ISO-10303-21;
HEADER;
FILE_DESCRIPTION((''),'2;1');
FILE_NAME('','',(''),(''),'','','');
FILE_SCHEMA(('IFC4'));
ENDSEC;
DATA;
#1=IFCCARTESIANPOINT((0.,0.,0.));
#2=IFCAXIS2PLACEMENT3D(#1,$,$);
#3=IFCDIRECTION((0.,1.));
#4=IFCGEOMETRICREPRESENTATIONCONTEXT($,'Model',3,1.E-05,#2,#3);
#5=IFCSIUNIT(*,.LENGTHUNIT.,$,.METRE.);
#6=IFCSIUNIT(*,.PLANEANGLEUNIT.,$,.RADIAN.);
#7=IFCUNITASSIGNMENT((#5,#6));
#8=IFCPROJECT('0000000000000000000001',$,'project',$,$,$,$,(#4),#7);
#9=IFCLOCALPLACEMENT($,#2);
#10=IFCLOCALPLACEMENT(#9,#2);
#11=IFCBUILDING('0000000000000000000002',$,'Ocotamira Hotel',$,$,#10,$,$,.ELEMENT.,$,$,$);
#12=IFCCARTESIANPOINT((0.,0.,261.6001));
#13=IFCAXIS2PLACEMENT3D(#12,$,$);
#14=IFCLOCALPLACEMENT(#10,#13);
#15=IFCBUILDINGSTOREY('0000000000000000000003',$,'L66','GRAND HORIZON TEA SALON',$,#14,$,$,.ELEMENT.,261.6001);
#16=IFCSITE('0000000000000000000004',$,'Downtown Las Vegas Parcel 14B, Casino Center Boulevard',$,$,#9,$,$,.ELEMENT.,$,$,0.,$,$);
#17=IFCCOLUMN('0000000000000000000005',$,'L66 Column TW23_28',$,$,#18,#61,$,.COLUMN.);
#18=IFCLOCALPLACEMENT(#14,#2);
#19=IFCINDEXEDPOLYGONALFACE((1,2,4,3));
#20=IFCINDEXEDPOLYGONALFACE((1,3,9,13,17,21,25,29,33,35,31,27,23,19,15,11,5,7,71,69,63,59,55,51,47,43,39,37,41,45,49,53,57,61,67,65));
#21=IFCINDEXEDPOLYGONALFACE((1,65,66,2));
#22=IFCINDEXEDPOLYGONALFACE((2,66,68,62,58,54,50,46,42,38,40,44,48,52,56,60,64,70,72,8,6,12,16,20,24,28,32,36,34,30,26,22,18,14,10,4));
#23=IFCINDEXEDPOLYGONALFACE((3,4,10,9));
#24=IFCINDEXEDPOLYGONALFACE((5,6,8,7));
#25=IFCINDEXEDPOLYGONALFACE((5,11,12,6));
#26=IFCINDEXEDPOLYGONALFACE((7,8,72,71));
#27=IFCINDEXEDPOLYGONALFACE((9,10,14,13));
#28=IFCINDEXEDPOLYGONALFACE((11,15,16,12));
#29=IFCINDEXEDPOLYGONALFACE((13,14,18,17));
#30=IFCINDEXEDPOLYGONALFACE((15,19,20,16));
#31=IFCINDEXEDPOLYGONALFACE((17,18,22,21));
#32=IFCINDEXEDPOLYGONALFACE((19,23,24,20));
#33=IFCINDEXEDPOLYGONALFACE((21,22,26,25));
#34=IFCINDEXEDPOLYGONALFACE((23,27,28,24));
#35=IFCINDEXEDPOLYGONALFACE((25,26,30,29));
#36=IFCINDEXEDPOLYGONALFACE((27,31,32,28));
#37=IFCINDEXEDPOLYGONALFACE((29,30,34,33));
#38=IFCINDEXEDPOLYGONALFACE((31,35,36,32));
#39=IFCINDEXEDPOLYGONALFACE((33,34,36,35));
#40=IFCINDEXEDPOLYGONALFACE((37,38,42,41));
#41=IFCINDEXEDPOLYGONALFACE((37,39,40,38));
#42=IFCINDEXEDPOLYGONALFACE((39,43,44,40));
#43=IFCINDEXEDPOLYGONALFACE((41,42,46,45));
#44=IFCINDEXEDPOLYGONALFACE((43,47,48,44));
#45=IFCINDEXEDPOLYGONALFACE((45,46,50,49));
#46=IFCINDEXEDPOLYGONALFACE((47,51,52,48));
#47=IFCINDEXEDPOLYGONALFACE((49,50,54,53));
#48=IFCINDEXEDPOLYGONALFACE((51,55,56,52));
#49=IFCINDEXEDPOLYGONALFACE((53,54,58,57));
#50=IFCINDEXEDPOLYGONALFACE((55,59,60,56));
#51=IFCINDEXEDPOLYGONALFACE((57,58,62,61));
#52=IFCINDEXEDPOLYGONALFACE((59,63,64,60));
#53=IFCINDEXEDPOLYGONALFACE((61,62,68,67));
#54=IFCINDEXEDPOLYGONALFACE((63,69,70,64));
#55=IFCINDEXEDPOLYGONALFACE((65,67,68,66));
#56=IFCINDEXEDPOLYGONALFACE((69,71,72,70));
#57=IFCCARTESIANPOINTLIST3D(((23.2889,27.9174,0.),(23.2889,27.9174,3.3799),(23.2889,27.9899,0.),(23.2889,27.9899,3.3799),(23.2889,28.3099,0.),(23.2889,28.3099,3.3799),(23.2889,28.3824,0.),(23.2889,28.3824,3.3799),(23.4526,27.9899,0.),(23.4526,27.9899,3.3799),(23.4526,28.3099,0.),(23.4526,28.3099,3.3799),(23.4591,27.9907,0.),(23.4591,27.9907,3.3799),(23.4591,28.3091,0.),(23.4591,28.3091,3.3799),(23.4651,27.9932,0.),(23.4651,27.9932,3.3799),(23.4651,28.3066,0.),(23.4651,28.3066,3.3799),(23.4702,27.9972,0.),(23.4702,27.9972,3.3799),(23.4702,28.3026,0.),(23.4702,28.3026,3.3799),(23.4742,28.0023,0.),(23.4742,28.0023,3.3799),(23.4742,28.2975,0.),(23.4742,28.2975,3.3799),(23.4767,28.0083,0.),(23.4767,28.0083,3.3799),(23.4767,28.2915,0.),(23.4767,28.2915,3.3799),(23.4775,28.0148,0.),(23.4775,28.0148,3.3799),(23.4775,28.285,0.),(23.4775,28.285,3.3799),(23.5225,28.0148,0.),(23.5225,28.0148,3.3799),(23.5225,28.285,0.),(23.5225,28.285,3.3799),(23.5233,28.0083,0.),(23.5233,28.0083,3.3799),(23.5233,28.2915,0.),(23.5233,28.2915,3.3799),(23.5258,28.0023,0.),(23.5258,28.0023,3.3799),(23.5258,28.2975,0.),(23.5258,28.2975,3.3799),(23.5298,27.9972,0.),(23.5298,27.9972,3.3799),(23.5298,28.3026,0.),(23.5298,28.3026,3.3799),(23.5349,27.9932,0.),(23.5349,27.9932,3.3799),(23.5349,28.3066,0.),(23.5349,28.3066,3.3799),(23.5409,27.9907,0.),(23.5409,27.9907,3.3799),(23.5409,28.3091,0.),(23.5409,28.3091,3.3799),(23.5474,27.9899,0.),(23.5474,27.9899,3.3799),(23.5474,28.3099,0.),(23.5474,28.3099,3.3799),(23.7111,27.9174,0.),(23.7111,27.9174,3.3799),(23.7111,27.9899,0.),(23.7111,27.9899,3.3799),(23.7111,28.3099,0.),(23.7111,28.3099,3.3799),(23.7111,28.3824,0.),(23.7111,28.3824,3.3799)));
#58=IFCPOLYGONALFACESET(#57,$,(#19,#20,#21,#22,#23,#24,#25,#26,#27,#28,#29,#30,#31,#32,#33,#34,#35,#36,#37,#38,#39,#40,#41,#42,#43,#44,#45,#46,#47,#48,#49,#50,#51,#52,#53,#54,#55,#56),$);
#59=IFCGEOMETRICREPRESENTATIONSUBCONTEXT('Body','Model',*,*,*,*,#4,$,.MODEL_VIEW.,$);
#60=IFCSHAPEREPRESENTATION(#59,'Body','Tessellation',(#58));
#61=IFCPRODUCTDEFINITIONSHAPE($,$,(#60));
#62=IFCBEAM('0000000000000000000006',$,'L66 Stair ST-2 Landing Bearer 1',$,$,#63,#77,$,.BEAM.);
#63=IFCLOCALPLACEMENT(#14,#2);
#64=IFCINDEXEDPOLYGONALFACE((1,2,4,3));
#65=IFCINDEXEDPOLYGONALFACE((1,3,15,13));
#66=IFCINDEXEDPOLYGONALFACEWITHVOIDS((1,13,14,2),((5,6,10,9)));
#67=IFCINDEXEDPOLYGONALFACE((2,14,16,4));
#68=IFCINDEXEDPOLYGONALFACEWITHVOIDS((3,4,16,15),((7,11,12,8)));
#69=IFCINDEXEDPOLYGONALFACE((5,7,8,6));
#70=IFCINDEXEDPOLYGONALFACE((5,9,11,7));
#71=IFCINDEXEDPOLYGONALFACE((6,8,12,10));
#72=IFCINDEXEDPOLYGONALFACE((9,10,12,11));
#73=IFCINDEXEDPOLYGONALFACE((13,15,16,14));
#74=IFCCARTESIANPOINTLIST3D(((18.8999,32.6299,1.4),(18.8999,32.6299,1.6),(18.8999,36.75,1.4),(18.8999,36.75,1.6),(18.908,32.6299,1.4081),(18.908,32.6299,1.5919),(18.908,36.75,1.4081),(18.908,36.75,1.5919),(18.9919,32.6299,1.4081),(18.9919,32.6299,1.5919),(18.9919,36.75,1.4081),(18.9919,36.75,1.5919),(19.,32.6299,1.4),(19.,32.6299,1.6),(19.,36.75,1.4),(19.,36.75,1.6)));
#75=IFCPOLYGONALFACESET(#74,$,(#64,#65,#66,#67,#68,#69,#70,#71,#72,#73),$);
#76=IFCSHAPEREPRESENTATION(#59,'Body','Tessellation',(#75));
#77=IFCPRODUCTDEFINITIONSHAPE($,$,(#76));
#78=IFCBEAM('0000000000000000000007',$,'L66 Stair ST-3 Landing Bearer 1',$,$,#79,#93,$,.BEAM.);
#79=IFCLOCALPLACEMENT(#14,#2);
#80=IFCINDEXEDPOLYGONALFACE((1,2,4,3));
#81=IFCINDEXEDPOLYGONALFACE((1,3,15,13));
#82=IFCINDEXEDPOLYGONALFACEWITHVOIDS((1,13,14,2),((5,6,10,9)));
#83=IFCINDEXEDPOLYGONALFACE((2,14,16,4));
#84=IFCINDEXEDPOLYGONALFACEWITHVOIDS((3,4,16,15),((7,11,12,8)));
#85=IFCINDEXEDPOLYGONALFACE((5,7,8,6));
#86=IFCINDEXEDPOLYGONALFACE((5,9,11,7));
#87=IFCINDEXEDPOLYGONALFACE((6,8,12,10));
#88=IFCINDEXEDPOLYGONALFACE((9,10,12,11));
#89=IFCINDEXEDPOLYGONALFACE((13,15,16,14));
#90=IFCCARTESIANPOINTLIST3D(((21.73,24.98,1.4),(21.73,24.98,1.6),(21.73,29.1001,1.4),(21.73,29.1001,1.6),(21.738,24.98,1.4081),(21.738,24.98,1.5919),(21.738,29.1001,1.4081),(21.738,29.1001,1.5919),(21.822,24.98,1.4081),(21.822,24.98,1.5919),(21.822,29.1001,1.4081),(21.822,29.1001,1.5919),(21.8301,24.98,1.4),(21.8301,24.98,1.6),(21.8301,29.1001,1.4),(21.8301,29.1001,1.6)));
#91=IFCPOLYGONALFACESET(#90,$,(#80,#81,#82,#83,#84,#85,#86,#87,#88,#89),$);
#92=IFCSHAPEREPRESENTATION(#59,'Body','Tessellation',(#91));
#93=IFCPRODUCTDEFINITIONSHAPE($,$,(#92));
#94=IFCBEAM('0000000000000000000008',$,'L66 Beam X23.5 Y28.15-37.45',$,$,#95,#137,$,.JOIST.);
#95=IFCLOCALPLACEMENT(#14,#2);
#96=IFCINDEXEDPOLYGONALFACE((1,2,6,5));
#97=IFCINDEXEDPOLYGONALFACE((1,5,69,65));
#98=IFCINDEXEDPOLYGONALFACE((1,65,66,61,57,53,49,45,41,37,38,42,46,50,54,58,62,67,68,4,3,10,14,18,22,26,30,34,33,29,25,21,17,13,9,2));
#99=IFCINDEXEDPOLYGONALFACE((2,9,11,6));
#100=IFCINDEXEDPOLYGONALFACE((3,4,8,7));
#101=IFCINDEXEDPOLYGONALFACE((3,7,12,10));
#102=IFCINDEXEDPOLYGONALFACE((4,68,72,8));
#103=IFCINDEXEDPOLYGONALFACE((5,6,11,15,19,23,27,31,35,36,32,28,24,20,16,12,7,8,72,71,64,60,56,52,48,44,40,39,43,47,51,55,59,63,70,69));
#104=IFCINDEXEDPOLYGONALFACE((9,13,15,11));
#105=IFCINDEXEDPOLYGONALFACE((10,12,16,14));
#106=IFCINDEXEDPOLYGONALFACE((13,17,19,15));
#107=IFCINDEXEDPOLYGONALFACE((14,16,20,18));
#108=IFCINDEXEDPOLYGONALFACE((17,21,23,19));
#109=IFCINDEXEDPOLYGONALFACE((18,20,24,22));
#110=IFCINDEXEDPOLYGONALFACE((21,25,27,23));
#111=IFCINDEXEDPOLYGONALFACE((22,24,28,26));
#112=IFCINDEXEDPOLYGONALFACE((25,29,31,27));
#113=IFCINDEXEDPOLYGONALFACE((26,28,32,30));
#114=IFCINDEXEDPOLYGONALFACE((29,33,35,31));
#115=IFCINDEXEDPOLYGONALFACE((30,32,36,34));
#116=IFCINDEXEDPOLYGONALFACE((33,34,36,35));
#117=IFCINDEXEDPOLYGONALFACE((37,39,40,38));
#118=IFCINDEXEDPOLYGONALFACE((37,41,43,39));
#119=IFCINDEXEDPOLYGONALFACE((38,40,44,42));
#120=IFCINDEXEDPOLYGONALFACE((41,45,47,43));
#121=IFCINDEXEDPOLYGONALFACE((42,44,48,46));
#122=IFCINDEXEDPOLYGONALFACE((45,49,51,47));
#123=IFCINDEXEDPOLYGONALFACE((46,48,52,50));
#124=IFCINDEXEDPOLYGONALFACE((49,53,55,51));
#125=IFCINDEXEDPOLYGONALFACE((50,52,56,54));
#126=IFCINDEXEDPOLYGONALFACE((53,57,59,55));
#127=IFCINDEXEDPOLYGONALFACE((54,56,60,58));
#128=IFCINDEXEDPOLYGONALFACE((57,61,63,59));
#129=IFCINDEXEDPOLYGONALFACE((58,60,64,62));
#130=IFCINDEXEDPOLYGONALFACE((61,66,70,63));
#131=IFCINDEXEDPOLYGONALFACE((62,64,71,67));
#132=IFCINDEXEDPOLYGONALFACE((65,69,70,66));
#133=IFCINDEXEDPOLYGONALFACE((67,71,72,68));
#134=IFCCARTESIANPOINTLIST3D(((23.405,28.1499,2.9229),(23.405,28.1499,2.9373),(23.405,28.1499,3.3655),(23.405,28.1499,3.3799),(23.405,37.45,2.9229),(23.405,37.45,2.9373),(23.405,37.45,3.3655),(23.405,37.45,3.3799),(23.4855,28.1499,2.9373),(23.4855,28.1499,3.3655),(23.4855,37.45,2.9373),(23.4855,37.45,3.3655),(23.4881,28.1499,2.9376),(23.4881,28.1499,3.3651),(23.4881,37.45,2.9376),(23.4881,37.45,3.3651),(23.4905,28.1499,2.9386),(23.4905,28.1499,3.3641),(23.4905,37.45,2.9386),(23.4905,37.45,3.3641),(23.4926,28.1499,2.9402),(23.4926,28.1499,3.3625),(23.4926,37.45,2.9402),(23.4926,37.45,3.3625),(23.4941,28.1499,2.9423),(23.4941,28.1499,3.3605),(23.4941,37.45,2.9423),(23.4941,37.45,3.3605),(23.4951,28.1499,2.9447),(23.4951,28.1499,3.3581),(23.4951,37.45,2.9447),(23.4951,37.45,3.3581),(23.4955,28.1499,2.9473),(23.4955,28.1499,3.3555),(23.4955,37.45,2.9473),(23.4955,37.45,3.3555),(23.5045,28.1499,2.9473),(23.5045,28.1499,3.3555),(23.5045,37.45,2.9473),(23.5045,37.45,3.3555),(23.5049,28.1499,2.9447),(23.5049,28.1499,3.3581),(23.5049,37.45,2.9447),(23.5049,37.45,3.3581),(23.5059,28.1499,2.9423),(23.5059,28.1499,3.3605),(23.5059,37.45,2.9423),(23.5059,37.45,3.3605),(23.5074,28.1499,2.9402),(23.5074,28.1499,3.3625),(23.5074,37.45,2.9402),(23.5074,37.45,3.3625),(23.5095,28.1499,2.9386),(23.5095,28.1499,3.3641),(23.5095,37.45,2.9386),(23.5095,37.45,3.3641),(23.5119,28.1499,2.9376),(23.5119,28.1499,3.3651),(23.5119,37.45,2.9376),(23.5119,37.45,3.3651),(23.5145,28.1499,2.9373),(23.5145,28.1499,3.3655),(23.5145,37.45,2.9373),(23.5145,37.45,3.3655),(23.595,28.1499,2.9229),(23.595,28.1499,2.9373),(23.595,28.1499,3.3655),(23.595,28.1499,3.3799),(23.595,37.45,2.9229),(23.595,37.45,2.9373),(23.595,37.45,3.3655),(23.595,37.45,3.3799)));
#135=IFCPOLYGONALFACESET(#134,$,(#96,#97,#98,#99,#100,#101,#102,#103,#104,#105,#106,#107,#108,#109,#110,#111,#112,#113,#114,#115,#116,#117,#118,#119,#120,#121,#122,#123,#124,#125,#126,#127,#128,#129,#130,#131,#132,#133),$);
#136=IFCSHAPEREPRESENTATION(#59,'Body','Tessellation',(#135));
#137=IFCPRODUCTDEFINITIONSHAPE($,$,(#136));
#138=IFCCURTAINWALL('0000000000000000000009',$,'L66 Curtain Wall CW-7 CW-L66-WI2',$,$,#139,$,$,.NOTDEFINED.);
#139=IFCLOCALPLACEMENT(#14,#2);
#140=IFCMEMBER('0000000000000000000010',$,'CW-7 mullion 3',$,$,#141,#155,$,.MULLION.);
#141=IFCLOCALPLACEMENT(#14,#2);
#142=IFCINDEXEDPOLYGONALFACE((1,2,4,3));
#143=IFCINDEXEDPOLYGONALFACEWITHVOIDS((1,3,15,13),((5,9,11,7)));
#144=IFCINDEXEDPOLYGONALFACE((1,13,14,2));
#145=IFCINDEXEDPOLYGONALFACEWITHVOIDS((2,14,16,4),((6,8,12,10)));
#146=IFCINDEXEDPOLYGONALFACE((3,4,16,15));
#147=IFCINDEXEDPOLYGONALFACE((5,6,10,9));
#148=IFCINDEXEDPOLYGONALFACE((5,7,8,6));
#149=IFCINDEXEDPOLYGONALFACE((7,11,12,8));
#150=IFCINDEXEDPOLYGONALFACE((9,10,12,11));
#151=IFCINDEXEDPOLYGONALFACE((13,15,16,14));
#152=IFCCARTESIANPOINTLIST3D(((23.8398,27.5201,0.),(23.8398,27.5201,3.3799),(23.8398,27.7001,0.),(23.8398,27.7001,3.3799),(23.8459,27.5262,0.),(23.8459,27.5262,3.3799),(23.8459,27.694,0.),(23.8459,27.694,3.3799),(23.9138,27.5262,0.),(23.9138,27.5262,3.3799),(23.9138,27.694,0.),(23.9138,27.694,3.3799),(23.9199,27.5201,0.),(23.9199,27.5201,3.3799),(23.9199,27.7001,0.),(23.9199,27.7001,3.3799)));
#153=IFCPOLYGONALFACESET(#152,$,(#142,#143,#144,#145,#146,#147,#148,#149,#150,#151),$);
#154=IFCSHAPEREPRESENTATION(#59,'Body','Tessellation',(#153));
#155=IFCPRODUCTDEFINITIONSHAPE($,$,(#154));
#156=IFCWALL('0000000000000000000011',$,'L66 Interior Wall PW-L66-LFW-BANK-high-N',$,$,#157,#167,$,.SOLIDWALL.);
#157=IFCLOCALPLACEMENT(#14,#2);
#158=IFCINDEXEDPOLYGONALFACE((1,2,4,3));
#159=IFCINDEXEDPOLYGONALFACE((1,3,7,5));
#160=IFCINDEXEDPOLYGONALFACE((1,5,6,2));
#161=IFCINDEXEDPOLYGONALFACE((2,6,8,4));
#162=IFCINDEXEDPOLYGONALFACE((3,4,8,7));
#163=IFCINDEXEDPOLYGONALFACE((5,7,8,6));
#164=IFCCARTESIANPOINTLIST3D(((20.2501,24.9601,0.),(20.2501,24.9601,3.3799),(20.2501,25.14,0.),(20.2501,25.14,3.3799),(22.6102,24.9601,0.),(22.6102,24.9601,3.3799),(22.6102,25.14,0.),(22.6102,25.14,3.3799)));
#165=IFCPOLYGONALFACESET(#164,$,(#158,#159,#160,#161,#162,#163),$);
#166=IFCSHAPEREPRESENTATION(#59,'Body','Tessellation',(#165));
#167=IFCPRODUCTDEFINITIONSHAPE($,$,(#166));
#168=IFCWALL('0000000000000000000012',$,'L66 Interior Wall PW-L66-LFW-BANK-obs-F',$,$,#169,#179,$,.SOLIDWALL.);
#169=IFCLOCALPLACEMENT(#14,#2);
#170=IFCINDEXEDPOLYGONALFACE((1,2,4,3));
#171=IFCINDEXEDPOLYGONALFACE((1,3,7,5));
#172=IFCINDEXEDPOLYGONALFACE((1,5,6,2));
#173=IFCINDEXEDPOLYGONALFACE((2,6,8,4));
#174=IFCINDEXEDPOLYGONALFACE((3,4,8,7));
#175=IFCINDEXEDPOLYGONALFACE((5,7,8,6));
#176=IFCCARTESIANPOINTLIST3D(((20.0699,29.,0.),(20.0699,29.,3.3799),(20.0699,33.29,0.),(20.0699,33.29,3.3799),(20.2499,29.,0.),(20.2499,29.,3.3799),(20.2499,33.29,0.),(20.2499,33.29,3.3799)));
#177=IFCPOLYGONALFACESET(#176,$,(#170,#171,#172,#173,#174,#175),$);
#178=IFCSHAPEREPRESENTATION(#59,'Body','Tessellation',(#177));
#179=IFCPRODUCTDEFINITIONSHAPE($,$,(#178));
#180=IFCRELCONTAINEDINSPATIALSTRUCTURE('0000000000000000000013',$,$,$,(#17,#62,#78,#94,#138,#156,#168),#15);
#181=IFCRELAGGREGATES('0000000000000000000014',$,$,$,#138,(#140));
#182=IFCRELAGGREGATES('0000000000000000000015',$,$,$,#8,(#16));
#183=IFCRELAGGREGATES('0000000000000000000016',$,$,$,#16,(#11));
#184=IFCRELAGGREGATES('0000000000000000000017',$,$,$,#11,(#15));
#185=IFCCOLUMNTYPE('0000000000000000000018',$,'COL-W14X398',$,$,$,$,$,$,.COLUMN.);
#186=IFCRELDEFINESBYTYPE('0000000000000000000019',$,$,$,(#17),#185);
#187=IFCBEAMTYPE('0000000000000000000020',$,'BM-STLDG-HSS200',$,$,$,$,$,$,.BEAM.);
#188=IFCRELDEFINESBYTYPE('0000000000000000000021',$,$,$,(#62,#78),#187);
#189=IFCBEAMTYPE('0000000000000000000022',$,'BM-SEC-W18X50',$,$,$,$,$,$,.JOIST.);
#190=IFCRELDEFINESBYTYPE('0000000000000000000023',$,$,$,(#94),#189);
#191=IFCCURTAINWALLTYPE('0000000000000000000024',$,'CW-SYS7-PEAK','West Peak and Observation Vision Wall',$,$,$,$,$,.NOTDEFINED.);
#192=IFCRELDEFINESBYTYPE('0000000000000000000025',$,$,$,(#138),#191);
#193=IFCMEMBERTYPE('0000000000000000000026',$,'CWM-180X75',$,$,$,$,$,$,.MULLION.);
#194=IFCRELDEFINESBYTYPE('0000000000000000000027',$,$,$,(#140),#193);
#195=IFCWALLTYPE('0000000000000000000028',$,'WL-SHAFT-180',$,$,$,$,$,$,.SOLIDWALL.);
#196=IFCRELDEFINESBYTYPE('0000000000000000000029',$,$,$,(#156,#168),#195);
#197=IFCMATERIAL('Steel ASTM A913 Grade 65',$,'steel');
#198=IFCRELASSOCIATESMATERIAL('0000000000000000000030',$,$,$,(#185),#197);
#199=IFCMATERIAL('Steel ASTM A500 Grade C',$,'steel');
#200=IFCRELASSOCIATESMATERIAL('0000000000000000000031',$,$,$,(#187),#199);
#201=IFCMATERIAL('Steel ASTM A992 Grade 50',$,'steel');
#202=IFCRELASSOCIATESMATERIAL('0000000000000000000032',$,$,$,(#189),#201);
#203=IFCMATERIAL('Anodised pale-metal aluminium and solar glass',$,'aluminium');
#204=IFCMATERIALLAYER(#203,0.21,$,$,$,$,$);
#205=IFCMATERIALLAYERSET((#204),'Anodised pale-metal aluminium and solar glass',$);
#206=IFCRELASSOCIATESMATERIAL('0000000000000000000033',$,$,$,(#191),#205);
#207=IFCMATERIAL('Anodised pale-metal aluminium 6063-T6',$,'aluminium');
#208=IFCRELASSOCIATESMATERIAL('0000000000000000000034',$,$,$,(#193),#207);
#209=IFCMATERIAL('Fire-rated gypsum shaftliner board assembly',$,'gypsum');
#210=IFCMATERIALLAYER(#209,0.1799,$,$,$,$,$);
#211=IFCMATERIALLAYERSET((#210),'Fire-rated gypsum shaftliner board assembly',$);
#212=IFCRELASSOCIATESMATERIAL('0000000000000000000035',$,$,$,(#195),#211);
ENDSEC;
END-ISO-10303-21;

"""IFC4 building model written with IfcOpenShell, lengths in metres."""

from ifc_helpers import new_model, si_unit, direction, frame, frame_2d, origin, origin_2d, place, context, subcontext, project, spatial, rectangle, hollow_rectangle, i_section, extrude, source, transform, mapped, material, layer, layer_set, material_profile, profile_set, type_object, element, aggregate, save


model = new_model("IFC4")

# Units and contexts
model_context = context("Model", 3, precision=1e-05, world=origin(), true_north=direction((0.0, 1.0)))
body_context = subcontext(model_context, "Body", "Model", "MODEL_VIEW")
ifc_project = project(units=[si_unit("LENGTHUNIT", "METRE"), si_unit("PLANEANGLEUNIT", "RADIAN")], contexts=[model_context])

# Site, building, storey
site_placement = place(None, origin())
site = spatial("IfcSite", under=ifc_project, at=site_placement, Name="Downtown Las Vegas Parcel 14B, Casino Center Boulevard", CompositionType="ELEMENT", RefElevation=0.0)
building_placement = place(site_placement, origin())
building = spatial("IfcBuilding", under=site, at=building_placement, Name="Ocotamira Hotel", CompositionType="ELEMENT")
storey_placement = place(building_placement, frame((0.0, 0.0, 261.6001)))
storey = spatial("IfcBuildingStorey", under=building, at=storey_placement, Name="L66", Description="GRAND HORIZON TEA SALON", CompositionType="ELEMENT", Elevation=261.6001)

# Column
ifc_material_1 = material(Name="Steel ASTM A913 Grade 65", Category="steel")
ifc_material_profile_1 = material_profile(ifc_material_1, i_section(OverallWidth=0.4221, OverallDepth=0.4651, WebThickness=0.0449, FlangeThickness=0.0725, FilletRadius=0.0249, at=origin_2d()), Name="W14X398")
ifc_profile_set_1 = profile_set([ifc_material_profile_1], Name="Steel ASTM A913 Grade 65")
column_type = type_object("IfcColumnType", Name="COL-W14X398", PredefinedType="COLUMN", material=ifc_profile_set_1)
shared_shape_1 = source(origin(), body_context, "Body", "SweptSolid", [
    extrude(i_section(OverallWidth=0.4221, OverallDepth=0.4651, WebThickness=0.0449, FlangeThickness=0.0725, FilletRadius=0.0249, at=origin_2d()), origin(), (0.0, 0.0, 1.0), 3.3799),
])
column_placement = place(storey_placement, frame((23.5, 28.1499, 0.0), z_axis=(0.0, 0.0, 1.0), x_axis=(1.0, 0.0, 0.0)))
element("IfcColumn", 1, at=column_placement, inside=storey, type_object=column_type, Name="L66 Column TW23_28", PredefinedType="COLUMN", context=body_context, shape_type="MappedRepresentation", body=[
    mapped(shared_shape_1, transform((0.0, 0.0, 0.0), scale=1.0)),
])

# Beams
ifc_material_2 = material(Name="Steel ASTM A500 Grade C", Category="steel")
ifc_material_profile_2 = material_profile(ifc_material_2, hollow_rectangle(XDim=0.1001, YDim=0.2, WallThickness=0.0081, at=origin_2d()), Name="HSS200X100X8")
ifc_profile_set_2 = profile_set([ifc_material_profile_2], Name="Steel ASTM A500 Grade C")
beam_type_1 = type_object("IfcBeamType", Name="BM-STLDG-HSS200", PredefinedType="BEAM", material=ifc_profile_set_2)
shared_shape_2 = source(origin(), body_context, "Body", "SweptSolid", [
    extrude(hollow_rectangle(XDim=0.1001, YDim=0.2, WallThickness=0.0081, at=origin_2d()), origin(), (0.0, 0.0, 1.0), 4.1201),
])
for number, where, z_axis, x_axis, name in (
    (2, (18.95, 32.6299, 1.5), (0.0, 1.0, 0.0), (-1.0, 0.0, 0.0), "L66 Stair ST-2 Landing Bearer 1"),
    (3, (21.78, 24.98, 1.5), (0.0, 1.0, 0.0), (-1.0, 0.0, 0.0), "L66 Stair ST-3 Landing Bearer 1"),
):
    element("IfcBeam", number, at=place(storey_placement, frame(where, z_axis=z_axis, x_axis=x_axis)), inside=storey, type_object=beam_type_1, Name=name, PredefinedType="BEAM", context=body_context, shape_type="MappedRepresentation", body=[
        mapped(shared_shape_2, transform((0.0, 0.0, 0.0), scale=1.0)),
    ])
ifc_material_3 = material(Name="Steel ASTM A992 Grade 50", Category="steel")
ifc_material_profile_3 = material_profile(ifc_material_3, i_section(OverallWidth=0.1899, OverallDepth=0.457, WebThickness=0.009, FlangeThickness=0.0144, FilletRadius=0.01, at=origin_2d()), Name="W18X50")
ifc_profile_set_3 = profile_set([ifc_material_profile_3], Name="Steel ASTM A992 Grade 50")
beam_type_2 = type_object("IfcBeamType", Name="BM-SEC-W18X50", PredefinedType="JOIST", material=ifc_profile_set_3)
shared_shape_3 = source(origin(), body_context, "Body", "SweptSolid", [
    extrude(i_section(OverallWidth=0.1899, OverallDepth=0.457, WebThickness=0.009, FlangeThickness=0.0144, FilletRadius=0.01, at=origin_2d()), origin(), (0.0, 0.0, 1.0), 9.3),
])
beam_placement = place(storey_placement, frame((23.5, 28.1499, 3.1514), z_axis=(0.0, 1.0, 0.0), x_axis=(-1.0, 0.0, 0.0)))
element("IfcBeam", 4, at=beam_placement, inside=storey, type_object=beam_type_2, Name="L66 Beam X23.5 Y28.15-37.45", PredefinedType="JOIST", context=body_context, shape_type="MappedRepresentation", body=[
    mapped(shared_shape_3, transform((0.0, 0.0, 0.0), scale=1.0)),
])

# Curtain wall, member
ifc_material_4 = material(Name="Anodised pale-metal aluminium and solar glass", Category="aluminium")
ifc_layer_1 = layer(ifc_material_4, 0.21)
ifc_layer_set_1 = layer_set([ifc_layer_1], Name="Anodised pale-metal aluminium and solar glass")
curtain_wall_type = type_object("IfcCurtainWallType", Name="CW-SYS7-PEAK", Description="West Peak and Observation Vision Wall", PredefinedType="NOTDEFINED", material=ifc_layer_set_1)
curtain_wall_placement = place(storey_placement, origin())
curtain_wall = element("IfcCurtainWall", 5, at=curtain_wall_placement, inside=storey, type_object=curtain_wall_type, Name="L66 Curtain Wall CW-7 CW-L66-WI2", PredefinedType="NOTDEFINED")
ifc_material_5 = material(Name="Anodised pale-metal aluminium 6063-T6", Category="aluminium")
ifc_material_profile_4 = material_profile(ifc_material_5, hollow_rectangle(XDim=0.0801, YDim=0.1799, WallThickness=0.0061, at=origin_2d()), Name="HSS180X80X6")
ifc_profile_set_4 = profile_set([ifc_material_profile_4], Name="Anodised pale-metal aluminium 6063-T6")
member_type = type_object("IfcMemberType", Name="CWM-180X75", PredefinedType="MULLION", material=ifc_profile_set_4)
shared_shape_4 = source(origin(), body_context, "Body", "SweptSolid", [
    extrude(hollow_rectangle(XDim=0.0801, YDim=0.1799, WallThickness=0.0061, at=origin_2d()), origin(), (0.0, 0.0, 1.0), 3.3799),
])
member_placement = place(storey_placement, frame((23.8799, 27.6101, 0.0), z_axis=(0.0, 0.0, 1.0), x_axis=(-1.0, 0.0, 0.0)))
member = element("IfcMember", 6, at=member_placement, type_object=member_type, Name="CW-7 mullion 3", PredefinedType="MULLION", context=body_context, shape_type="MappedRepresentation", body=[
    mapped(shared_shape_4, transform((0.0, 0.0, 0.0), scale=1.0)),
])
aggregate(curtain_wall, [member])

# Walls
ifc_material_6 = material(Name="Fire-rated gypsum shaftliner board assembly", Category="gypsum")
ifc_layer_2 = layer(ifc_material_6, 0.1799)
ifc_layer_set_2 = layer_set([ifc_layer_2], Name="Fire-rated gypsum shaftliner board assembly")
wall_type_1 = type_object("IfcWallType", Name="WL-SHAFT-180", PredefinedType="SOLIDWALL", material=ifc_layer_set_2)
wall_1_placement = place(storey_placement, frame((20.25, 25.05, 0.0), z_axis=(0.0, 0.0, 1.0), x_axis=(1.0, 0.0, 0.0)))
element("IfcWall", 7, at=wall_1_placement, inside=storey, type_object=wall_type_1, Name="L66 Interior Wall PW-L66-LFW-BANK-high-N", PredefinedType="SOLIDWALL", context=body_context, shape_type="SweptSolid", body=[
    extrude(rectangle(XDim=2.3601, YDim=0.1799, at=frame_2d((1.1802, 0.0))), origin(), (0.0, 0.0, 1.0), 3.3799),
])
wall_2_placement = place(storey_placement, frame((20.1599, 29.0, 0.0), z_axis=(0.0, 0.0, 1.0), x_axis=(0.0, 1.0, 0.0)))
element("IfcWall", 8, at=wall_2_placement, inside=storey, type_object=wall_type_1, Name="L66 Interior Wall PW-L66-LFW-BANK-obs-F", PredefinedType="SOLIDWALL", context=body_context, shape_type="SweptSolid", body=[
    extrude(rectangle(XDim=4.29, YDim=0.1799, at=frame_2d((2.145, 0.0))), origin(), (0.0, 0.0, 1.0), 3.3799),
])

save(model, "model.ifc")
